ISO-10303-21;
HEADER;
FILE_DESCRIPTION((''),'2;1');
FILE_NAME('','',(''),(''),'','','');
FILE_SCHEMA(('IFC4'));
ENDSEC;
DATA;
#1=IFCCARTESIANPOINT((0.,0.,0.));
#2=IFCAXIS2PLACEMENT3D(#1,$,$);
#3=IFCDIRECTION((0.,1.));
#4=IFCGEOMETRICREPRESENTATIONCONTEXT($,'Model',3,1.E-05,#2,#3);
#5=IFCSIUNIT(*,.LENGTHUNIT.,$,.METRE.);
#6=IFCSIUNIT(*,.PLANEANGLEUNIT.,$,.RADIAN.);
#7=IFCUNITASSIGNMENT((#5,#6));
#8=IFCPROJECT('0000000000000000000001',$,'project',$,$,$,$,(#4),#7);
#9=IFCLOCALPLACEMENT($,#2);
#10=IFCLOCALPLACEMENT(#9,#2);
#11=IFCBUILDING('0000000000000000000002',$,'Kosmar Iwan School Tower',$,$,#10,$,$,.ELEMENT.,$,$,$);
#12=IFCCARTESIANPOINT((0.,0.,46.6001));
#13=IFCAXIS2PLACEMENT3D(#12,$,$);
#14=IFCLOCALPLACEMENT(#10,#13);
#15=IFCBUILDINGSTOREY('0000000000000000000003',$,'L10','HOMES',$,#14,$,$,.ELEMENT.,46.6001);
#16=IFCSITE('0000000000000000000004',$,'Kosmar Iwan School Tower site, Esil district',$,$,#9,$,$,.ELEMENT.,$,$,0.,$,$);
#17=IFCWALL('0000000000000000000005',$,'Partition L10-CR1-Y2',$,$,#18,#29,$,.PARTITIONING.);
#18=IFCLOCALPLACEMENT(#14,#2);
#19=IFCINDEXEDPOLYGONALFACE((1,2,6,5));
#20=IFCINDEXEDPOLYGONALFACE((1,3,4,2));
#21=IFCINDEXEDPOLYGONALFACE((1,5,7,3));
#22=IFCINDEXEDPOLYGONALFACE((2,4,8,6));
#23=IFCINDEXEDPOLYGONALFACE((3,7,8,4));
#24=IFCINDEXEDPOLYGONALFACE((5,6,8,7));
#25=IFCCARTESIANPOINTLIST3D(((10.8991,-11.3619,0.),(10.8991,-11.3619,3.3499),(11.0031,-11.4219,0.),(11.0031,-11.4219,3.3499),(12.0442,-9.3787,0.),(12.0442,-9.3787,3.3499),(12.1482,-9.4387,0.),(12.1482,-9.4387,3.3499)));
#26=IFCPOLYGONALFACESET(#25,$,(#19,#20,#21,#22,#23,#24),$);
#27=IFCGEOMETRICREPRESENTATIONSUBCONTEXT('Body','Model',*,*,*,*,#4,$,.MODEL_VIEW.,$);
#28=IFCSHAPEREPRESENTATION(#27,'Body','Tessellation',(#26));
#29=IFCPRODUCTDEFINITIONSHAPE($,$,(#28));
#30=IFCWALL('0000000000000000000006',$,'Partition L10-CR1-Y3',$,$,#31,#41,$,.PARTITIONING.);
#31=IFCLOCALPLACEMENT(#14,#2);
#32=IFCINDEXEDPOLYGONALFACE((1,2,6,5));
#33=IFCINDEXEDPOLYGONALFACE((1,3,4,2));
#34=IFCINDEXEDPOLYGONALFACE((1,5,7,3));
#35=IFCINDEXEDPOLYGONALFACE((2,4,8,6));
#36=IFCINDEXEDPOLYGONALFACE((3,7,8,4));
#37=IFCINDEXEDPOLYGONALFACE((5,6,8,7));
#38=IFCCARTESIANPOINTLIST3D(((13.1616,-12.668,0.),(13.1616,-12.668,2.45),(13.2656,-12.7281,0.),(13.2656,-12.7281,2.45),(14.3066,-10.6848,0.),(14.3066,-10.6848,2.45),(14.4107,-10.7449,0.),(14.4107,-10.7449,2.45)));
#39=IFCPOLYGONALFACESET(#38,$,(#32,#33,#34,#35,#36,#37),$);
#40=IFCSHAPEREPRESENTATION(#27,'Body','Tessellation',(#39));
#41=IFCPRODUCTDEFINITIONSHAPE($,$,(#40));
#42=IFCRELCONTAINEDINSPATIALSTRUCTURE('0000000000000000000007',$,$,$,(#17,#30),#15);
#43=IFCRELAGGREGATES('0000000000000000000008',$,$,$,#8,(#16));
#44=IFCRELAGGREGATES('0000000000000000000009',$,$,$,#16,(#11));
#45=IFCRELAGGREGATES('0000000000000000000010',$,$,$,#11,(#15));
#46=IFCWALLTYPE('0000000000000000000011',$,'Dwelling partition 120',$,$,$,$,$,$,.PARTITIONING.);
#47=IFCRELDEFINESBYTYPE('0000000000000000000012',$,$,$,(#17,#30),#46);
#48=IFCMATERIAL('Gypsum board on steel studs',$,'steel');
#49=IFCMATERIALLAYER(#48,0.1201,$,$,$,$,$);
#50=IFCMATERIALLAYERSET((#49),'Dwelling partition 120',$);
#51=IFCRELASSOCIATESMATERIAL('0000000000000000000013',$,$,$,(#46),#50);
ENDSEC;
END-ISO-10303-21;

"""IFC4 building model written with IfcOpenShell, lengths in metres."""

from ifc_helpers import new_model, si_unit, direction, frame, frame_2d, origin, place, context, subcontext, project, spatial, rectangle, extrude, material, layer, layer_set, type_object, element, save


model = new_model("IFC4")

# Units and contexts
model_context = context("Model", 3, precision=1e-05, world=origin(), true_north=direction((0.0, 1.0)))
body_context = subcontext(model_context, "Body", "Model", "MODEL_VIEW")
ifc_project = project(units=[si_unit("LENGTHUNIT", "METRE"), si_unit("PLANEANGLEUNIT", "RADIAN")], contexts=[model_context])

# Site, building, storey
site_placement = place(None, origin())
site = spatial("IfcSite", under=ifc_project, at=site_placement, Name="Kosmar Iwan School Tower site, Esil district", CompositionType="ELEMENT", RefElevation=0.0)
building_placement = place(site_placement, origin())
building = spatial("IfcBuilding", under=site, at=building_placement, Name="Kosmar Iwan School Tower", CompositionType="ELEMENT")
storey_placement = place(building_placement, frame((0.0, 0.0, 46.6001)))
storey = spatial("IfcBuildingStorey", under=building, at=storey_placement, Name="L10", Description="HOMES", CompositionType="ELEMENT", Elevation=46.6001)

# Shared definitions
ifc_material_1 = material(Name="Gypsum board on steel studs", Category="steel")
ifc_layer_1 = layer(ifc_material_1, 0.1201)
ifc_layer_set_1 = layer_set([ifc_layer_1], Name="Dwelling partition 120")
wall_type_1 = type_object("IfcWallType", Name="Dwelling partition 120", PredefinedType="PARTITIONING", material=ifc_layer_set_1)

# Walls
for number, where, z_axis, x_axis, name in (
    (1, (12.0962, -9.4087, 0.0), (0.0, 0.0, 1.0), (-0.500015, -0.866017, 0.0), "Partition L10-CR1-Y2"),
):
    element("IfcWall", number, at=place(storey_placement, frame(where, z_axis=z_axis, x_axis=x_axis)), inside=storey, type_object=wall_type_1, Name=name, PredefinedType="PARTITIONING", context=body_context, shape_type="SweptSolid", body=[
        extrude(rectangle(XDim=2.29, YDim=0.1201, at=frame_2d((1.145, 0.0))), origin(), (0.0, 0.0, 1.0), 3.3499),
    ])
wall_1_placement = place(storey_placement, frame((14.3586, -10.7148, 0.0), z_axis=(0.0, 0.0, 1.0), x_axis=(-0.500015, -0.866017, 0.0)))
element("IfcWall", 2, at=wall_1_placement, inside=storey, type_object=wall_type_1, Name="Partition L10-CR1-Y3", PredefinedType="PARTITIONING", context=body_context, shape_type="SweptSolid", body=[
    extrude(rectangle(XDim=2.29, YDim=0.1201, at=frame_2d((1.145, 0.0))), origin(), (0.0, 0.0, 1.0), 2.45),
])

save(model, "model.ifc")
